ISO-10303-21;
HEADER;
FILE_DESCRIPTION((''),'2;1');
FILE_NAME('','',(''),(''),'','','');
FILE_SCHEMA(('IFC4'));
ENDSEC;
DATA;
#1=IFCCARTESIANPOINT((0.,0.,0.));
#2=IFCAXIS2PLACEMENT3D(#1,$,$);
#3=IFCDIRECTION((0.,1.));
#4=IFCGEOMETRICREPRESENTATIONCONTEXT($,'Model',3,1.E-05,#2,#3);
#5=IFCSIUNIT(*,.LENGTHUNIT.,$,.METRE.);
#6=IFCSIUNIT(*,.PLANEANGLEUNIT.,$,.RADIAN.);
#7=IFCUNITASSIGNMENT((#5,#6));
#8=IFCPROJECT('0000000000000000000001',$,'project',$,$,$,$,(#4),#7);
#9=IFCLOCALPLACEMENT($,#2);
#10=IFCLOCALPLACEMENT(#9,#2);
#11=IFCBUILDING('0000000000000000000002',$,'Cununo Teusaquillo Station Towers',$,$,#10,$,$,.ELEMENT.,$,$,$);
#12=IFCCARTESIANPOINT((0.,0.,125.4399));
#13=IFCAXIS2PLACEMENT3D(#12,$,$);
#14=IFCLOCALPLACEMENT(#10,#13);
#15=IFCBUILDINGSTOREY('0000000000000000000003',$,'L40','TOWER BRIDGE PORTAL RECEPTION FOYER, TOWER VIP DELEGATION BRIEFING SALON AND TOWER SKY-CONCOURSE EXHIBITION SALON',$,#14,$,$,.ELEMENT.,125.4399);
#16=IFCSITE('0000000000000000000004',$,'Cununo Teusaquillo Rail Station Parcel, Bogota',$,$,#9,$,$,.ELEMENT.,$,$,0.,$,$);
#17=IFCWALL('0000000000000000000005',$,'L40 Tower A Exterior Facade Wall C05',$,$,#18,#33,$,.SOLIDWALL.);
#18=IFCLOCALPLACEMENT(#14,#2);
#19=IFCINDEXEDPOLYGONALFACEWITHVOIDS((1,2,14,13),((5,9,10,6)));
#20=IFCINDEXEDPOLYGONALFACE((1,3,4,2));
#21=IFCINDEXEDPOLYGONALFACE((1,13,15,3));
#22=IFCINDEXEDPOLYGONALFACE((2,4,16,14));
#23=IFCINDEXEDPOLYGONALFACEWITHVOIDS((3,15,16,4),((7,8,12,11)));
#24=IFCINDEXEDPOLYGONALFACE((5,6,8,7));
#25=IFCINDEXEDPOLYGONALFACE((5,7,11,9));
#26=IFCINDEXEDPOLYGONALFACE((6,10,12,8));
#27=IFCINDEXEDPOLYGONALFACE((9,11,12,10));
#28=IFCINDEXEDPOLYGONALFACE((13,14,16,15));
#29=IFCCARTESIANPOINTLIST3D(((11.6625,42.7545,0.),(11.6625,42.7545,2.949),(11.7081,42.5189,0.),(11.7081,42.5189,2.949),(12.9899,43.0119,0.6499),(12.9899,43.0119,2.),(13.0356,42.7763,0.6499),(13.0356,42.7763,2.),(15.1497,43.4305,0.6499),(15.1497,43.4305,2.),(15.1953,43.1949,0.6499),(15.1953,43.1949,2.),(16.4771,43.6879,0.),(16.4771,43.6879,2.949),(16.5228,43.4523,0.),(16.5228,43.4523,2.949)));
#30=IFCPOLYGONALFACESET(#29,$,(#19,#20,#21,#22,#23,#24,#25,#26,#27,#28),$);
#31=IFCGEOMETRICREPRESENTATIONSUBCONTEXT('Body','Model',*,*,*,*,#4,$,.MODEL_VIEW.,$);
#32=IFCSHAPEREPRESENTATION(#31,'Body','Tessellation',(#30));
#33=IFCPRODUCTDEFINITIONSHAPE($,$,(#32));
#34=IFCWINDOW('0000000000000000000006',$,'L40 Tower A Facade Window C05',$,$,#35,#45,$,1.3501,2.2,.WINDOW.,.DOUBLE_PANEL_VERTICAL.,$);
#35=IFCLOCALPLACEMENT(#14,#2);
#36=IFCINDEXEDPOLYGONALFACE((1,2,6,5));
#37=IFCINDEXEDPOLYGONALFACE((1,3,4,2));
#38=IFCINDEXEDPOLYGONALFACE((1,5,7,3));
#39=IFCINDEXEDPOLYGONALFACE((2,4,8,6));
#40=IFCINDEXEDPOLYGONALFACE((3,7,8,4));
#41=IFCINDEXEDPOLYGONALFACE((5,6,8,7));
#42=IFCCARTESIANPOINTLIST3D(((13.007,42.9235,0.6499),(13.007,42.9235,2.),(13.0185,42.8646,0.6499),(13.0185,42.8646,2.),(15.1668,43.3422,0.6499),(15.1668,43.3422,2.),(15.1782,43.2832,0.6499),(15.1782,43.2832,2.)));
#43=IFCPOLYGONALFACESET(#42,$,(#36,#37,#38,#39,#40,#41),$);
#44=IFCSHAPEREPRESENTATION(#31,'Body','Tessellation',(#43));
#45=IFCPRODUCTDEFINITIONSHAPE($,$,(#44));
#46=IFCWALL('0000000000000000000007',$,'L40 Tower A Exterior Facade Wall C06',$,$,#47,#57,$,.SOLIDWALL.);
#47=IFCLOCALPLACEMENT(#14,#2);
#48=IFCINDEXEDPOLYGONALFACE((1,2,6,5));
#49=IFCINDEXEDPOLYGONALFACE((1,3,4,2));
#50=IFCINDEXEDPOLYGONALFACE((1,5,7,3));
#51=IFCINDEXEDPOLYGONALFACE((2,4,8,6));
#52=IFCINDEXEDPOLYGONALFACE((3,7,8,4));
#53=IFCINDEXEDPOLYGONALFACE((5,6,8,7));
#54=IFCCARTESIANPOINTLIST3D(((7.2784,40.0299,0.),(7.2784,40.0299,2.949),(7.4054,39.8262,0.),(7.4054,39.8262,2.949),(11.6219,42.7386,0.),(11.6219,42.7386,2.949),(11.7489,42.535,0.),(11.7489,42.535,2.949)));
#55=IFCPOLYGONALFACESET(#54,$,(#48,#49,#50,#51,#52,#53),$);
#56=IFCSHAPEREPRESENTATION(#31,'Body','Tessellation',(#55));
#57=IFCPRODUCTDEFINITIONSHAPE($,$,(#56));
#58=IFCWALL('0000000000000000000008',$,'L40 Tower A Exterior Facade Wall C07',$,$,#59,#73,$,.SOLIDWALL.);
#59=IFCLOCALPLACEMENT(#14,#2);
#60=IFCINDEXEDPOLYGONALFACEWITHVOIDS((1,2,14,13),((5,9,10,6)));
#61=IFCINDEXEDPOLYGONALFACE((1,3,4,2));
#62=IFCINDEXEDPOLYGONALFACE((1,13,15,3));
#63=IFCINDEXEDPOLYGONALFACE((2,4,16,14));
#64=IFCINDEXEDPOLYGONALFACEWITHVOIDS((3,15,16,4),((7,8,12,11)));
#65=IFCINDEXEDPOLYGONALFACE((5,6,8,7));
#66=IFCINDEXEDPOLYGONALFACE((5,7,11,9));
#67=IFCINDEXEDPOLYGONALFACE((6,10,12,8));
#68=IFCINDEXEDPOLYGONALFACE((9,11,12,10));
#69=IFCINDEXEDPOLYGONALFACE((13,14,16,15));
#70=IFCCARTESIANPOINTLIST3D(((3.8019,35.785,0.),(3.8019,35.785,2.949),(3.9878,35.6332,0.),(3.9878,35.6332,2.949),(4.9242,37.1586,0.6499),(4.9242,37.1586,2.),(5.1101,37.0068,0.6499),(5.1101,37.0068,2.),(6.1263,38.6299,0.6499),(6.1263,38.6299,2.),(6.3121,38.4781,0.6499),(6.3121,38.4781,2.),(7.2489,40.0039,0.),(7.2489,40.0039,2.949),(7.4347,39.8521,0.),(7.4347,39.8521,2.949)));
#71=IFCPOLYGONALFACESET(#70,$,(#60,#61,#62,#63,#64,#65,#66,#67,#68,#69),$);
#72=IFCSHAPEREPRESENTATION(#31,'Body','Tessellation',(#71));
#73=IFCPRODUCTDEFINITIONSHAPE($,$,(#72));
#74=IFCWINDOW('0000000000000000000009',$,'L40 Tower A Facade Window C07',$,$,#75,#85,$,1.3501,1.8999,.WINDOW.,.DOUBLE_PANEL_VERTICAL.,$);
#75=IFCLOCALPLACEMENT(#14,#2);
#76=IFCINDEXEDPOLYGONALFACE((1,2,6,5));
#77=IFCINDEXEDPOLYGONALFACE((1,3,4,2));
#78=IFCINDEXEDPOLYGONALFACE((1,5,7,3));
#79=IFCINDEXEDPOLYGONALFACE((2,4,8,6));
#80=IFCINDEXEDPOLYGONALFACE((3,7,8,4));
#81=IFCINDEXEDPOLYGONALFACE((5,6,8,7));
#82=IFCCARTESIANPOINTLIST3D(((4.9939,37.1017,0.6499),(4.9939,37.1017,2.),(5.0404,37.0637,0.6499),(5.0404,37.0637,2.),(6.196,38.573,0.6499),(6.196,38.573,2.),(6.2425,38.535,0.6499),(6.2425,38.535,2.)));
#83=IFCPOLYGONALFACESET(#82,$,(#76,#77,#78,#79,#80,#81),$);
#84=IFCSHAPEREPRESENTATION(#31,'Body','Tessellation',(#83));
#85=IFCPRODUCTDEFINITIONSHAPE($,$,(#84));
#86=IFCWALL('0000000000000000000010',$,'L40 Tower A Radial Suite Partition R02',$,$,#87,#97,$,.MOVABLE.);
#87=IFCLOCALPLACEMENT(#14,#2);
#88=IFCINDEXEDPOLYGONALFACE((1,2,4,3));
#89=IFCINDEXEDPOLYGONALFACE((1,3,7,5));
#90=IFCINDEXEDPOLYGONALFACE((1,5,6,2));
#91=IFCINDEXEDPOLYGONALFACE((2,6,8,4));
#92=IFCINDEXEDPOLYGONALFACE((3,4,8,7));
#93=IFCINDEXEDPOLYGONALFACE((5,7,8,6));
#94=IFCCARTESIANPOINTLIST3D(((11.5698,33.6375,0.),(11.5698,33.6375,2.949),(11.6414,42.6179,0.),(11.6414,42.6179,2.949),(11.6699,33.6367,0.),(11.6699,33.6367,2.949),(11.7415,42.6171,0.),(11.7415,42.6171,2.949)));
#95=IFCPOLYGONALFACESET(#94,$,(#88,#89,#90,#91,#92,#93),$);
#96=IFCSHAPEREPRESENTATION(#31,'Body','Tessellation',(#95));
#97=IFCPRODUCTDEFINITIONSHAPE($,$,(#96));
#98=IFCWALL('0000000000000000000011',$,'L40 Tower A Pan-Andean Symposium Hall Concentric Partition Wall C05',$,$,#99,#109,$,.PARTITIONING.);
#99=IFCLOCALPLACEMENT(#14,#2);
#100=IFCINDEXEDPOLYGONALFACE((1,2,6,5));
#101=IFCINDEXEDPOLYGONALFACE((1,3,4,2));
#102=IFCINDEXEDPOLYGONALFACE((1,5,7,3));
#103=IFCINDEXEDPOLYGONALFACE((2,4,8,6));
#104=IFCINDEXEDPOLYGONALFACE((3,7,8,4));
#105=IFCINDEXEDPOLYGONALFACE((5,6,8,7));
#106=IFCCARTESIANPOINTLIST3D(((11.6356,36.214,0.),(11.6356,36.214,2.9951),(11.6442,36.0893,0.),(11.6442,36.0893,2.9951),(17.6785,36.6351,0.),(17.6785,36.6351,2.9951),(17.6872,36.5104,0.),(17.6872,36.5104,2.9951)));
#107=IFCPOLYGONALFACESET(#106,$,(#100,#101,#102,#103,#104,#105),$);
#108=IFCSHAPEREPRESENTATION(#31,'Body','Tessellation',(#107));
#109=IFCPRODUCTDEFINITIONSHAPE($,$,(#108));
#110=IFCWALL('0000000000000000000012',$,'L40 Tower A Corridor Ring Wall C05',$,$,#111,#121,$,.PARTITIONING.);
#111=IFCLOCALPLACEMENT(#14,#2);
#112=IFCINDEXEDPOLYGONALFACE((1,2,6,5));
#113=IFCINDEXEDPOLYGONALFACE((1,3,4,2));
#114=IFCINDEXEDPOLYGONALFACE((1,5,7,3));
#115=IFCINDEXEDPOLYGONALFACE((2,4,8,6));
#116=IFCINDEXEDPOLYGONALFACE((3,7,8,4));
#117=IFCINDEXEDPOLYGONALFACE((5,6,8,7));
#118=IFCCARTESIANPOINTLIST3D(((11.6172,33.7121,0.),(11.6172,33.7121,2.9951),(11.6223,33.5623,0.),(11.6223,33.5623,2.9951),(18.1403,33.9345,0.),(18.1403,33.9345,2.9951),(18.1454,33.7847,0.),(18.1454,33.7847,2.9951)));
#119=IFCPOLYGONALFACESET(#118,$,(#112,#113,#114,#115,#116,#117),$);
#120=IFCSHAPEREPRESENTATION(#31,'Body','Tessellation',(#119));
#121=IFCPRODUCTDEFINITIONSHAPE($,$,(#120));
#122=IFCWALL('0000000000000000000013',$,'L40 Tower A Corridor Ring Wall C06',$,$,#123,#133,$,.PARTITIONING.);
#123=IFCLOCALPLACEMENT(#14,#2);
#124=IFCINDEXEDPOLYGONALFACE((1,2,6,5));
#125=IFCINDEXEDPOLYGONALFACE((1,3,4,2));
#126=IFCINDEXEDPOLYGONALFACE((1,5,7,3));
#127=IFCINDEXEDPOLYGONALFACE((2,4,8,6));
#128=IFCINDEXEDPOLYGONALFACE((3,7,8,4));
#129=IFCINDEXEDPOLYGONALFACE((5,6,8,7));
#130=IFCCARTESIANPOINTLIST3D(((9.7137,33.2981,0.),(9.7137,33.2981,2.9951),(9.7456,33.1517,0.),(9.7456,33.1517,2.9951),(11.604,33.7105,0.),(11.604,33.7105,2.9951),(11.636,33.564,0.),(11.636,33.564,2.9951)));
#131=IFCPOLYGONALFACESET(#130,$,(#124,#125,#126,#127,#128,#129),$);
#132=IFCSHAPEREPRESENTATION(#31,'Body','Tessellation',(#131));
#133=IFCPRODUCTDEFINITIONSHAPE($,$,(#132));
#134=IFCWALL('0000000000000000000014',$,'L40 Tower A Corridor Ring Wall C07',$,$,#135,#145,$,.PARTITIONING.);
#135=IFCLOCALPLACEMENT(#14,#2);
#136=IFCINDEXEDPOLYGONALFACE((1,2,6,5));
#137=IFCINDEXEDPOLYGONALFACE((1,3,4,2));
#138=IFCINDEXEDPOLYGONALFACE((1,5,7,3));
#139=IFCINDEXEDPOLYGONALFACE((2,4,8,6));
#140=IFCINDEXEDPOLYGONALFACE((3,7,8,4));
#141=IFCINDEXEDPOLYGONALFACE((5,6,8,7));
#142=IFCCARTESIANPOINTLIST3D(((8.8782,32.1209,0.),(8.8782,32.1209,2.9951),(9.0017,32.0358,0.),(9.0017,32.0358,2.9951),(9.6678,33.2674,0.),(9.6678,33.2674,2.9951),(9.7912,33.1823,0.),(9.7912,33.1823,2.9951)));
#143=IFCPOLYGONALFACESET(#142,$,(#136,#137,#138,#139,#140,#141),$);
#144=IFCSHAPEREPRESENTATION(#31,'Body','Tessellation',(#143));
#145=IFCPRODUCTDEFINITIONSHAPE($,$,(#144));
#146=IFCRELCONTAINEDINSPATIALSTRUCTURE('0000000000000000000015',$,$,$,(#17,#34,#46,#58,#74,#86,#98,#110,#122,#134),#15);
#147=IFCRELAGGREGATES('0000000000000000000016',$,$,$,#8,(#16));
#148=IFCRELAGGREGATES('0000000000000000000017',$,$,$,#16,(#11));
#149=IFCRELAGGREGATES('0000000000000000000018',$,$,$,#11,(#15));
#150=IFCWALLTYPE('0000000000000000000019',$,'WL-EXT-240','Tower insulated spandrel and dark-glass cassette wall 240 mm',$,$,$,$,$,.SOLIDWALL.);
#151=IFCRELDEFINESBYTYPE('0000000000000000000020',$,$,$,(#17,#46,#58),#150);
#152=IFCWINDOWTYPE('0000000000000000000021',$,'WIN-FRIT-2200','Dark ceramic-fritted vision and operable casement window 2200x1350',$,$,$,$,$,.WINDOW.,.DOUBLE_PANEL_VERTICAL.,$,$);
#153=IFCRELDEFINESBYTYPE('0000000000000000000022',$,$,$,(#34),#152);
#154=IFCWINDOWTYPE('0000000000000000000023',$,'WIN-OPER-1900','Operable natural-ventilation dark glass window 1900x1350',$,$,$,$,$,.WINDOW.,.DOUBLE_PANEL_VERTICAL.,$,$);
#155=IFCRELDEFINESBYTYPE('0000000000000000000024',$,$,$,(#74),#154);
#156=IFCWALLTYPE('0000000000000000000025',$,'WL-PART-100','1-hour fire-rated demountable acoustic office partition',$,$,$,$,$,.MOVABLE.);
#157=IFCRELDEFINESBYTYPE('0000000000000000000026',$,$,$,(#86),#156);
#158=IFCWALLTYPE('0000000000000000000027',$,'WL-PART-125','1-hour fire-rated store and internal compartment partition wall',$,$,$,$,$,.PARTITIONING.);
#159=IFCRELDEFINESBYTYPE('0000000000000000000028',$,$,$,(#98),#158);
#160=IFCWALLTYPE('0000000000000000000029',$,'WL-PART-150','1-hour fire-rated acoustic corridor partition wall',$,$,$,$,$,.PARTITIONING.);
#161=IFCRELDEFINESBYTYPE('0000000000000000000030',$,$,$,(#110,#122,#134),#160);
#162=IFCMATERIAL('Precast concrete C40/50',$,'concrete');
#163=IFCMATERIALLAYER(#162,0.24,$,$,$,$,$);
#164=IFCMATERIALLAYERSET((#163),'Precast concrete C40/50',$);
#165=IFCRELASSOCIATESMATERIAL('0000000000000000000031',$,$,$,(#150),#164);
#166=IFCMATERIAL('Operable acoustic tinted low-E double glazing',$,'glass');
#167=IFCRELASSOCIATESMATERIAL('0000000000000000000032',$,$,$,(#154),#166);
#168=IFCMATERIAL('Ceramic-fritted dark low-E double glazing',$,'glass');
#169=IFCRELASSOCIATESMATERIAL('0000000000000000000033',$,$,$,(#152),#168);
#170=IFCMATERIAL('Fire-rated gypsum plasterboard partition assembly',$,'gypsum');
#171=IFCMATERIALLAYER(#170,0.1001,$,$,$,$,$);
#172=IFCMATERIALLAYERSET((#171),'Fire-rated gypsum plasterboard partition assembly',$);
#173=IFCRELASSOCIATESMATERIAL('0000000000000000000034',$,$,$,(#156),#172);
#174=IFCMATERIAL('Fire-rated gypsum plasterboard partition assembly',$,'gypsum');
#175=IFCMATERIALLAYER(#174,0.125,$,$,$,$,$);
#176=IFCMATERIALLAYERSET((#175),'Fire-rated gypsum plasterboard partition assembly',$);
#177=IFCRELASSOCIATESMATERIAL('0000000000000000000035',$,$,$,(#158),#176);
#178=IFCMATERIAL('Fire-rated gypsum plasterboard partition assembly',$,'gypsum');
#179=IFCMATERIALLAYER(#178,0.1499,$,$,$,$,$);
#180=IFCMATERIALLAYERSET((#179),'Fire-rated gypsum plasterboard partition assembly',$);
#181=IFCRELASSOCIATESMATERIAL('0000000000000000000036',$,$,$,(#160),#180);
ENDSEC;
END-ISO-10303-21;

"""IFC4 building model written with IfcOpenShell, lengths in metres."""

from ifc_helpers import new_model, si_unit, direction, frame, frame_2d, origin, place, context, subcontext, project, spatial, rectangle, extrude, source, transform, mapped, material, layer, layer_set, type_object, element, fill, save


model = new_model("IFC4")

# Units and contexts
model_context = context("Model", 3, precision=1e-05, world=origin(), true_north=direction((0.0, 1.0)))
body_context = subcontext(model_context, "Body", "Model", "MODEL_VIEW")
ifc_project = project(units=[si_unit("LENGTHUNIT", "METRE"), si_unit("PLANEANGLEUNIT", "RADIAN")], contexts=[model_context])

# Site, building, storey
site_placement = place(None, origin())
site = spatial("IfcSite", under=ifc_project, at=site_placement, Name="Cununo Teusaquillo Rail Station Parcel, Bogota", CompositionType="ELEMENT", RefElevation=0.0)
building_placement = place(site_placement, origin())
building = spatial("IfcBuilding", under=site, at=building_placement, Name="Cununo Teusaquillo Station Towers", CompositionType="ELEMENT")
storey_placement = place(building_placement, frame((0.0, 0.0, 125.4399)))
storey = spatial("IfcBuildingStorey", under=building, at=storey_placement, Name="L40", Description="TOWER BRIDGE PORTAL RECEPTION FOYER, TOWER VIP DELEGATION BRIEFING SALON AND TOWER SKY-CONCOURSE EXHIBITION SALON", CompositionType="ELEMENT", Elevation=125.4399)

# Wall, opening, window
ifc_material_1 = material(Name="Precast concrete C40/50", Category="concrete")
ifc_layer_1 = layer(ifc_material_1, 0.24)
ifc_layer_set_1 = layer_set([ifc_layer_1], Name="Precast concrete C40/50")
wall_type_1 = type_object("IfcWallType", Name="WL-EXT-240", Description="Tower insulated spandrel and dark-glass cassette wall 240 mm", PredefinedType="SOLIDWALL", material=ifc_layer_set_1)
shared_shape_1 = source(origin(), body_context, "Body", "SweptSolid", [
    extrude(rectangle(XDim=1.8999, YDim=1.3501, at=frame_2d((0.95, 0.675))), frame((0.0, 0.1299, 0.0), z_axis=(0.0, -1.0, 0.0), x_axis=(1.0, 0.0, 0.0)), (0.0, 0.0, 1.0), 0.26),
])
ifc_material_2 = material(Name="Operable acoustic tinted low-E double glazing", Category="glass")
window_type_1 = type_object("IfcWindowType", Name="WIN-OPER-1900", Description="Operable natural-ventilation dark glass window 1900x1350", PartitioningType="DOUBLE_PANEL_VERTICAL", PredefinedType="WINDOW", material=ifc_material_2)
shared_shape_2 = source(origin(), body_context, "Body", "SweptSolid", [
    extrude(rectangle(XDim=1.8999, YDim=1.3501, at=frame_2d((0.95, 0.675))), frame((0.0, 0.03, 0.0), z_axis=(0.0, -1.0, 0.0), x_axis=(1.0, 0.0, 0.0)), (0.0, 0.0, 1.0), 0.0601),
])
wall_1_placement = place(storey_placement, frame((11.6853, 42.6367, 0.0), z_axis=(0.0, 0.0, 1.0), x_axis=(0.981724, 0.190311, 0.0)))
wall_1 = element("IfcWall", 1, at=wall_1_placement, inside=storey, type_object=wall_type_1, Name="L40 Tower A Exterior Facade Wall C05", PredefinedType="SOLIDWALL", context=body_context, shape_type="SweptSolid", body=[
    extrude(rectangle(XDim=4.9043, YDim=0.24, at=frame_2d((2.4521, 0.0))), origin(), (0.0, 0.0, 1.0), 2.949),
])
shared_shape_3 = source(origin(), body_context, "Body", "SweptSolid", [
    extrude(rectangle(XDim=2.2, YDim=1.3501, at=frame_2d((1.1001, 0.675))), frame((0.0, 0.1299, 0.0), z_axis=(0.0, -1.0, 0.0), x_axis=(1.0, 0.0, 0.0)), (0.0, 0.0, 1.0), 0.26),
])
opening_1_placement = place(wall_1_placement, frame((1.3521, 0.0, 0.6499)))
opening_1 = element("IfcOpeningElement", 2, at=opening_1_placement, cuts=wall_1, PredefinedType="OPENING", context=body_context, shape_type="MappedRepresentation", body=[
    mapped(shared_shape_3, transform((0.0, 0.0, 0.0), x_axis=(1.0, 0.0, 0.0), y_axis=(0.0, 1.0, 0.0), z_axis=(0.0, 0.0, 1.0), scale=1.0)),
])
ifc_material_3 = material(Name="Ceramic-fritted dark low-E double glazing", Category="glass")
window_type_2 = type_object("IfcWindowType", Name="WIN-FRIT-2200", Description="Dark ceramic-fritted vision and operable casement window 2200x1350", PartitioningType="DOUBLE_PANEL_VERTICAL", PredefinedType="WINDOW", material=ifc_material_3)
shared_shape_4 = source(origin(), body_context, "Body", "SweptSolid", [
    extrude(rectangle(XDim=2.2, YDim=1.3501, at=frame_2d((1.1001, 0.675))), frame((0.0, 0.03, 0.0), z_axis=(0.0, -1.0, 0.0), x_axis=(1.0, 0.0, 0.0)), (0.0, 0.0, 1.0), 0.0601),
])
window_1_placement = place(opening_1_placement, origin())
window_1 = element("IfcWindow", 3, at=window_1_placement, inside=storey, type_object=window_type_2, Name="L40 Tower A Facade Window C05", OverallHeight=1.3501, OverallWidth=2.2, PartitioningType="DOUBLE_PANEL_VERTICAL", PredefinedType="WINDOW", context=body_context, shape_type="MappedRepresentation", body=[
    mapped(shared_shape_4, transform((0.0, 0.0, 0.0), x_axis=(1.0, 0.0, 0.0), y_axis=(0.0, 1.0, 0.0), z_axis=(0.0, 0.0, 1.0), scale=1.0)),
])
fill(opening_1, window_1)

# Wall
wall_2_placement = place(storey_placement, frame((7.3418, 39.928, 0.0), z_axis=(0.0, 0.0, 1.0), x_axis=(0.84852, 0.529163, 0.0)))
element("IfcWall", 4, at=wall_2_placement, inside=storey, type_object=wall_type_1, Name="L40 Tower A Exterior Facade Wall C06", PredefinedType="SOLIDWALL", context=body_context, shape_type="SweptSolid", body=[
    extrude(rectangle(XDim=5.1189, YDim=0.24, at=frame_2d((2.5596, 0.0))), origin(), (0.0, 0.0, 1.0), 2.949),
])

# Wall, opening, window
wall_3_placement = place(storey_placement, frame((3.8948, 35.709, 0.0), z_axis=(0.0, 0.0, 1.0), x_axis=(0.632701, 0.774396, 0.0)))
wall_3 = element("IfcWall", 5, at=wall_3_placement, inside=storey, type_object=wall_type_1, Name="L40 Tower A Exterior Facade Wall C07", PredefinedType="SOLIDWALL", context=body_context, shape_type="SweptSolid", body=[
    extrude(rectangle(XDim=5.448, YDim=0.24, at=frame_2d((2.7241, 0.0))), origin(), (0.0, 0.0, 1.0), 2.949),
])
opening_2_placement = place(wall_3_placement, frame((1.7739, 0.0, 0.6499)))
opening_2 = element("IfcOpeningElement", 6, at=opening_2_placement, cuts=wall_3, PredefinedType="OPENING", context=body_context, shape_type="MappedRepresentation", body=[
    mapped(shared_shape_1, transform((0.0, 0.0, 0.0), x_axis=(1.0, 0.0, 0.0), y_axis=(0.0, 1.0, 0.0), z_axis=(0.0, 0.0, 1.0), scale=1.0)),
])
window_2_placement = place(opening_2_placement, origin())
window_2 = element("IfcWindow", 7, at=window_2_placement, inside=storey, type_object=window_type_1, Name="L40 Tower A Facade Window C07", OverallHeight=1.3501, OverallWidth=1.8999, PartitioningType="DOUBLE_PANEL_VERTICAL", PredefinedType="WINDOW", context=body_context, shape_type="MappedRepresentation", body=[
    mapped(shared_shape_2, transform((0.0, 0.0, 0.0), x_axis=(1.0, 0.0, 0.0), y_axis=(0.0, 1.0, 0.0), z_axis=(0.0, 0.0, 1.0), scale=1.0)),
])
fill(opening_2, window_2)

# Walls
ifc_material_4 = material(Name="Fire-rated gypsum plasterboard partition assembly", Category="gypsum")
ifc_layer_2 = layer(ifc_material_4, 0.1001)
ifc_layer_set_2 = layer_set([ifc_layer_2], Name="Fire-rated gypsum plasterboard partition assembly")
wall_type_2 = type_object("IfcWallType", Name="WL-PART-100", Description="1-hour fire-rated demountable acoustic office partition", PredefinedType="MOVABLE", material=ifc_layer_set_2)
wall_4_placement = place(storey_placement, frame((11.6199, 33.6372, 0.0), z_axis=(0.0, 0.0, 1.0), x_axis=(0.007965, 0.999968, 0.0)))
element("IfcWall", 8, at=wall_4_placement, inside=storey, type_object=wall_type_2, Name="L40 Tower A Radial Suite Partition R02", PredefinedType="MOVABLE", context=body_context, shape_type="SweptSolid", body=[
    extrude(rectangle(XDim=8.9807, YDim=0.1001, at=frame_2d((4.4902, 0.0))), origin(), (0.0, 0.0, 1.0), 2.949),
])
ifc_material_5 = material(Name="Fire-rated gypsum plasterboard partition assembly", Category="gypsum")
ifc_layer_3 = layer(ifc_material_5, 0.125)
ifc_layer_set_3 = layer_set([ifc_layer_3], Name="Fire-rated gypsum plasterboard partition assembly")
wall_type_3 = type_object("IfcWallType", Name="WL-PART-125", Description="1-hour fire-rated store and internal compartment partition wall", PredefinedType="PARTITIONING", material=ifc_layer_set_3)
wall_5_placement = place(storey_placement, frame((17.6829, 36.5728, 0.0), z_axis=(0.0, 0.0, 1.0), x_axis=(-0.99758, -0.069523, 0.0)))
element("IfcWall", 9, at=wall_5_placement, inside=storey, type_object=wall_type_3, Name="L40 Tower A Pan-Andean Symposium Hall Concentric Partition Wall C05", PredefinedType="PARTITIONING", context=body_context, shape_type="SweptSolid", body=[
    extrude(rectangle(XDim=6.0576, YDim=0.125, at=frame_2d((3.0288, 0.0))), origin(), (0.0, 0.0, 1.0), 2.9951),
])
ifc_material_6 = material(Name="Fire-rated gypsum plasterboard partition assembly", Category="gypsum")
ifc_layer_4 = layer(ifc_material_6, 0.1499)
ifc_layer_set_4 = layer_set([ifc_layer_4], Name="Fire-rated gypsum plasterboard partition assembly")
wall_type_4 = type_object("IfcWallType", Name="WL-PART-150", Description="1-hour fire-rated acoustic corridor partition wall", PredefinedType="PARTITIONING", material=ifc_layer_set_4)
wall_6_placement = place(storey_placement, frame((18.1428, 33.8596, 0.0), z_axis=(0.0, 0.0, 1.0), x_axis=(-0.999419, -0.034077, 0.0)))
element("IfcWall", 10, at=wall_6_placement, inside=storey, type_object=wall_type_4, Name="L40 Tower A Corridor Ring Wall C05", PredefinedType="PARTITIONING", context=body_context, shape_type="SweptSolid", body=[
    extrude(rectangle(XDim=6.5269, YDim=0.1499, at=frame_2d((3.2634, 0.0))), origin(), (0.0, 0.0, 1.0), 2.9951),
])
wall_7_placement = place(storey_placement, frame((11.6199, 33.6372, 0.0), z_axis=(0.0, 0.0, 1.0), x_axis=(-0.977026, -0.213121, 0.0)))
element("IfcWall", 11, at=wall_7_placement, inside=storey, type_object=wall_type_4, Name="L40 Tower A Corridor Ring Wall C06", PredefinedType="PARTITIONING", context=body_context, shape_type="SweptSolid", body=[
    extrude(rectangle(XDim=1.9348, YDim=0.1499, at=frame_2d((0.9673, 0.0))), origin(), (0.0, 0.0, 1.0), 2.9951),
])
wall_8_placement = place(storey_placement, frame((9.7295, 33.2249, 0.0), z_axis=(0.0, 0.0, 1.0), x_axis=(-0.567184, -0.823591, 0.0)))
element("IfcWall", 12, at=wall_8_placement, inside=storey, type_object=wall_type_4, Name="L40 Tower A Corridor Ring Wall C07", PredefinedType="PARTITIONING", context=body_context, shape_type="SweptSolid", body=[
    extrude(rectangle(XDim=1.3921, YDim=0.1499, at=frame_2d((0.696, 0.0))), origin(), (0.0, 0.0, 1.0), 2.9951),
])

save(model, "model.ifc")
